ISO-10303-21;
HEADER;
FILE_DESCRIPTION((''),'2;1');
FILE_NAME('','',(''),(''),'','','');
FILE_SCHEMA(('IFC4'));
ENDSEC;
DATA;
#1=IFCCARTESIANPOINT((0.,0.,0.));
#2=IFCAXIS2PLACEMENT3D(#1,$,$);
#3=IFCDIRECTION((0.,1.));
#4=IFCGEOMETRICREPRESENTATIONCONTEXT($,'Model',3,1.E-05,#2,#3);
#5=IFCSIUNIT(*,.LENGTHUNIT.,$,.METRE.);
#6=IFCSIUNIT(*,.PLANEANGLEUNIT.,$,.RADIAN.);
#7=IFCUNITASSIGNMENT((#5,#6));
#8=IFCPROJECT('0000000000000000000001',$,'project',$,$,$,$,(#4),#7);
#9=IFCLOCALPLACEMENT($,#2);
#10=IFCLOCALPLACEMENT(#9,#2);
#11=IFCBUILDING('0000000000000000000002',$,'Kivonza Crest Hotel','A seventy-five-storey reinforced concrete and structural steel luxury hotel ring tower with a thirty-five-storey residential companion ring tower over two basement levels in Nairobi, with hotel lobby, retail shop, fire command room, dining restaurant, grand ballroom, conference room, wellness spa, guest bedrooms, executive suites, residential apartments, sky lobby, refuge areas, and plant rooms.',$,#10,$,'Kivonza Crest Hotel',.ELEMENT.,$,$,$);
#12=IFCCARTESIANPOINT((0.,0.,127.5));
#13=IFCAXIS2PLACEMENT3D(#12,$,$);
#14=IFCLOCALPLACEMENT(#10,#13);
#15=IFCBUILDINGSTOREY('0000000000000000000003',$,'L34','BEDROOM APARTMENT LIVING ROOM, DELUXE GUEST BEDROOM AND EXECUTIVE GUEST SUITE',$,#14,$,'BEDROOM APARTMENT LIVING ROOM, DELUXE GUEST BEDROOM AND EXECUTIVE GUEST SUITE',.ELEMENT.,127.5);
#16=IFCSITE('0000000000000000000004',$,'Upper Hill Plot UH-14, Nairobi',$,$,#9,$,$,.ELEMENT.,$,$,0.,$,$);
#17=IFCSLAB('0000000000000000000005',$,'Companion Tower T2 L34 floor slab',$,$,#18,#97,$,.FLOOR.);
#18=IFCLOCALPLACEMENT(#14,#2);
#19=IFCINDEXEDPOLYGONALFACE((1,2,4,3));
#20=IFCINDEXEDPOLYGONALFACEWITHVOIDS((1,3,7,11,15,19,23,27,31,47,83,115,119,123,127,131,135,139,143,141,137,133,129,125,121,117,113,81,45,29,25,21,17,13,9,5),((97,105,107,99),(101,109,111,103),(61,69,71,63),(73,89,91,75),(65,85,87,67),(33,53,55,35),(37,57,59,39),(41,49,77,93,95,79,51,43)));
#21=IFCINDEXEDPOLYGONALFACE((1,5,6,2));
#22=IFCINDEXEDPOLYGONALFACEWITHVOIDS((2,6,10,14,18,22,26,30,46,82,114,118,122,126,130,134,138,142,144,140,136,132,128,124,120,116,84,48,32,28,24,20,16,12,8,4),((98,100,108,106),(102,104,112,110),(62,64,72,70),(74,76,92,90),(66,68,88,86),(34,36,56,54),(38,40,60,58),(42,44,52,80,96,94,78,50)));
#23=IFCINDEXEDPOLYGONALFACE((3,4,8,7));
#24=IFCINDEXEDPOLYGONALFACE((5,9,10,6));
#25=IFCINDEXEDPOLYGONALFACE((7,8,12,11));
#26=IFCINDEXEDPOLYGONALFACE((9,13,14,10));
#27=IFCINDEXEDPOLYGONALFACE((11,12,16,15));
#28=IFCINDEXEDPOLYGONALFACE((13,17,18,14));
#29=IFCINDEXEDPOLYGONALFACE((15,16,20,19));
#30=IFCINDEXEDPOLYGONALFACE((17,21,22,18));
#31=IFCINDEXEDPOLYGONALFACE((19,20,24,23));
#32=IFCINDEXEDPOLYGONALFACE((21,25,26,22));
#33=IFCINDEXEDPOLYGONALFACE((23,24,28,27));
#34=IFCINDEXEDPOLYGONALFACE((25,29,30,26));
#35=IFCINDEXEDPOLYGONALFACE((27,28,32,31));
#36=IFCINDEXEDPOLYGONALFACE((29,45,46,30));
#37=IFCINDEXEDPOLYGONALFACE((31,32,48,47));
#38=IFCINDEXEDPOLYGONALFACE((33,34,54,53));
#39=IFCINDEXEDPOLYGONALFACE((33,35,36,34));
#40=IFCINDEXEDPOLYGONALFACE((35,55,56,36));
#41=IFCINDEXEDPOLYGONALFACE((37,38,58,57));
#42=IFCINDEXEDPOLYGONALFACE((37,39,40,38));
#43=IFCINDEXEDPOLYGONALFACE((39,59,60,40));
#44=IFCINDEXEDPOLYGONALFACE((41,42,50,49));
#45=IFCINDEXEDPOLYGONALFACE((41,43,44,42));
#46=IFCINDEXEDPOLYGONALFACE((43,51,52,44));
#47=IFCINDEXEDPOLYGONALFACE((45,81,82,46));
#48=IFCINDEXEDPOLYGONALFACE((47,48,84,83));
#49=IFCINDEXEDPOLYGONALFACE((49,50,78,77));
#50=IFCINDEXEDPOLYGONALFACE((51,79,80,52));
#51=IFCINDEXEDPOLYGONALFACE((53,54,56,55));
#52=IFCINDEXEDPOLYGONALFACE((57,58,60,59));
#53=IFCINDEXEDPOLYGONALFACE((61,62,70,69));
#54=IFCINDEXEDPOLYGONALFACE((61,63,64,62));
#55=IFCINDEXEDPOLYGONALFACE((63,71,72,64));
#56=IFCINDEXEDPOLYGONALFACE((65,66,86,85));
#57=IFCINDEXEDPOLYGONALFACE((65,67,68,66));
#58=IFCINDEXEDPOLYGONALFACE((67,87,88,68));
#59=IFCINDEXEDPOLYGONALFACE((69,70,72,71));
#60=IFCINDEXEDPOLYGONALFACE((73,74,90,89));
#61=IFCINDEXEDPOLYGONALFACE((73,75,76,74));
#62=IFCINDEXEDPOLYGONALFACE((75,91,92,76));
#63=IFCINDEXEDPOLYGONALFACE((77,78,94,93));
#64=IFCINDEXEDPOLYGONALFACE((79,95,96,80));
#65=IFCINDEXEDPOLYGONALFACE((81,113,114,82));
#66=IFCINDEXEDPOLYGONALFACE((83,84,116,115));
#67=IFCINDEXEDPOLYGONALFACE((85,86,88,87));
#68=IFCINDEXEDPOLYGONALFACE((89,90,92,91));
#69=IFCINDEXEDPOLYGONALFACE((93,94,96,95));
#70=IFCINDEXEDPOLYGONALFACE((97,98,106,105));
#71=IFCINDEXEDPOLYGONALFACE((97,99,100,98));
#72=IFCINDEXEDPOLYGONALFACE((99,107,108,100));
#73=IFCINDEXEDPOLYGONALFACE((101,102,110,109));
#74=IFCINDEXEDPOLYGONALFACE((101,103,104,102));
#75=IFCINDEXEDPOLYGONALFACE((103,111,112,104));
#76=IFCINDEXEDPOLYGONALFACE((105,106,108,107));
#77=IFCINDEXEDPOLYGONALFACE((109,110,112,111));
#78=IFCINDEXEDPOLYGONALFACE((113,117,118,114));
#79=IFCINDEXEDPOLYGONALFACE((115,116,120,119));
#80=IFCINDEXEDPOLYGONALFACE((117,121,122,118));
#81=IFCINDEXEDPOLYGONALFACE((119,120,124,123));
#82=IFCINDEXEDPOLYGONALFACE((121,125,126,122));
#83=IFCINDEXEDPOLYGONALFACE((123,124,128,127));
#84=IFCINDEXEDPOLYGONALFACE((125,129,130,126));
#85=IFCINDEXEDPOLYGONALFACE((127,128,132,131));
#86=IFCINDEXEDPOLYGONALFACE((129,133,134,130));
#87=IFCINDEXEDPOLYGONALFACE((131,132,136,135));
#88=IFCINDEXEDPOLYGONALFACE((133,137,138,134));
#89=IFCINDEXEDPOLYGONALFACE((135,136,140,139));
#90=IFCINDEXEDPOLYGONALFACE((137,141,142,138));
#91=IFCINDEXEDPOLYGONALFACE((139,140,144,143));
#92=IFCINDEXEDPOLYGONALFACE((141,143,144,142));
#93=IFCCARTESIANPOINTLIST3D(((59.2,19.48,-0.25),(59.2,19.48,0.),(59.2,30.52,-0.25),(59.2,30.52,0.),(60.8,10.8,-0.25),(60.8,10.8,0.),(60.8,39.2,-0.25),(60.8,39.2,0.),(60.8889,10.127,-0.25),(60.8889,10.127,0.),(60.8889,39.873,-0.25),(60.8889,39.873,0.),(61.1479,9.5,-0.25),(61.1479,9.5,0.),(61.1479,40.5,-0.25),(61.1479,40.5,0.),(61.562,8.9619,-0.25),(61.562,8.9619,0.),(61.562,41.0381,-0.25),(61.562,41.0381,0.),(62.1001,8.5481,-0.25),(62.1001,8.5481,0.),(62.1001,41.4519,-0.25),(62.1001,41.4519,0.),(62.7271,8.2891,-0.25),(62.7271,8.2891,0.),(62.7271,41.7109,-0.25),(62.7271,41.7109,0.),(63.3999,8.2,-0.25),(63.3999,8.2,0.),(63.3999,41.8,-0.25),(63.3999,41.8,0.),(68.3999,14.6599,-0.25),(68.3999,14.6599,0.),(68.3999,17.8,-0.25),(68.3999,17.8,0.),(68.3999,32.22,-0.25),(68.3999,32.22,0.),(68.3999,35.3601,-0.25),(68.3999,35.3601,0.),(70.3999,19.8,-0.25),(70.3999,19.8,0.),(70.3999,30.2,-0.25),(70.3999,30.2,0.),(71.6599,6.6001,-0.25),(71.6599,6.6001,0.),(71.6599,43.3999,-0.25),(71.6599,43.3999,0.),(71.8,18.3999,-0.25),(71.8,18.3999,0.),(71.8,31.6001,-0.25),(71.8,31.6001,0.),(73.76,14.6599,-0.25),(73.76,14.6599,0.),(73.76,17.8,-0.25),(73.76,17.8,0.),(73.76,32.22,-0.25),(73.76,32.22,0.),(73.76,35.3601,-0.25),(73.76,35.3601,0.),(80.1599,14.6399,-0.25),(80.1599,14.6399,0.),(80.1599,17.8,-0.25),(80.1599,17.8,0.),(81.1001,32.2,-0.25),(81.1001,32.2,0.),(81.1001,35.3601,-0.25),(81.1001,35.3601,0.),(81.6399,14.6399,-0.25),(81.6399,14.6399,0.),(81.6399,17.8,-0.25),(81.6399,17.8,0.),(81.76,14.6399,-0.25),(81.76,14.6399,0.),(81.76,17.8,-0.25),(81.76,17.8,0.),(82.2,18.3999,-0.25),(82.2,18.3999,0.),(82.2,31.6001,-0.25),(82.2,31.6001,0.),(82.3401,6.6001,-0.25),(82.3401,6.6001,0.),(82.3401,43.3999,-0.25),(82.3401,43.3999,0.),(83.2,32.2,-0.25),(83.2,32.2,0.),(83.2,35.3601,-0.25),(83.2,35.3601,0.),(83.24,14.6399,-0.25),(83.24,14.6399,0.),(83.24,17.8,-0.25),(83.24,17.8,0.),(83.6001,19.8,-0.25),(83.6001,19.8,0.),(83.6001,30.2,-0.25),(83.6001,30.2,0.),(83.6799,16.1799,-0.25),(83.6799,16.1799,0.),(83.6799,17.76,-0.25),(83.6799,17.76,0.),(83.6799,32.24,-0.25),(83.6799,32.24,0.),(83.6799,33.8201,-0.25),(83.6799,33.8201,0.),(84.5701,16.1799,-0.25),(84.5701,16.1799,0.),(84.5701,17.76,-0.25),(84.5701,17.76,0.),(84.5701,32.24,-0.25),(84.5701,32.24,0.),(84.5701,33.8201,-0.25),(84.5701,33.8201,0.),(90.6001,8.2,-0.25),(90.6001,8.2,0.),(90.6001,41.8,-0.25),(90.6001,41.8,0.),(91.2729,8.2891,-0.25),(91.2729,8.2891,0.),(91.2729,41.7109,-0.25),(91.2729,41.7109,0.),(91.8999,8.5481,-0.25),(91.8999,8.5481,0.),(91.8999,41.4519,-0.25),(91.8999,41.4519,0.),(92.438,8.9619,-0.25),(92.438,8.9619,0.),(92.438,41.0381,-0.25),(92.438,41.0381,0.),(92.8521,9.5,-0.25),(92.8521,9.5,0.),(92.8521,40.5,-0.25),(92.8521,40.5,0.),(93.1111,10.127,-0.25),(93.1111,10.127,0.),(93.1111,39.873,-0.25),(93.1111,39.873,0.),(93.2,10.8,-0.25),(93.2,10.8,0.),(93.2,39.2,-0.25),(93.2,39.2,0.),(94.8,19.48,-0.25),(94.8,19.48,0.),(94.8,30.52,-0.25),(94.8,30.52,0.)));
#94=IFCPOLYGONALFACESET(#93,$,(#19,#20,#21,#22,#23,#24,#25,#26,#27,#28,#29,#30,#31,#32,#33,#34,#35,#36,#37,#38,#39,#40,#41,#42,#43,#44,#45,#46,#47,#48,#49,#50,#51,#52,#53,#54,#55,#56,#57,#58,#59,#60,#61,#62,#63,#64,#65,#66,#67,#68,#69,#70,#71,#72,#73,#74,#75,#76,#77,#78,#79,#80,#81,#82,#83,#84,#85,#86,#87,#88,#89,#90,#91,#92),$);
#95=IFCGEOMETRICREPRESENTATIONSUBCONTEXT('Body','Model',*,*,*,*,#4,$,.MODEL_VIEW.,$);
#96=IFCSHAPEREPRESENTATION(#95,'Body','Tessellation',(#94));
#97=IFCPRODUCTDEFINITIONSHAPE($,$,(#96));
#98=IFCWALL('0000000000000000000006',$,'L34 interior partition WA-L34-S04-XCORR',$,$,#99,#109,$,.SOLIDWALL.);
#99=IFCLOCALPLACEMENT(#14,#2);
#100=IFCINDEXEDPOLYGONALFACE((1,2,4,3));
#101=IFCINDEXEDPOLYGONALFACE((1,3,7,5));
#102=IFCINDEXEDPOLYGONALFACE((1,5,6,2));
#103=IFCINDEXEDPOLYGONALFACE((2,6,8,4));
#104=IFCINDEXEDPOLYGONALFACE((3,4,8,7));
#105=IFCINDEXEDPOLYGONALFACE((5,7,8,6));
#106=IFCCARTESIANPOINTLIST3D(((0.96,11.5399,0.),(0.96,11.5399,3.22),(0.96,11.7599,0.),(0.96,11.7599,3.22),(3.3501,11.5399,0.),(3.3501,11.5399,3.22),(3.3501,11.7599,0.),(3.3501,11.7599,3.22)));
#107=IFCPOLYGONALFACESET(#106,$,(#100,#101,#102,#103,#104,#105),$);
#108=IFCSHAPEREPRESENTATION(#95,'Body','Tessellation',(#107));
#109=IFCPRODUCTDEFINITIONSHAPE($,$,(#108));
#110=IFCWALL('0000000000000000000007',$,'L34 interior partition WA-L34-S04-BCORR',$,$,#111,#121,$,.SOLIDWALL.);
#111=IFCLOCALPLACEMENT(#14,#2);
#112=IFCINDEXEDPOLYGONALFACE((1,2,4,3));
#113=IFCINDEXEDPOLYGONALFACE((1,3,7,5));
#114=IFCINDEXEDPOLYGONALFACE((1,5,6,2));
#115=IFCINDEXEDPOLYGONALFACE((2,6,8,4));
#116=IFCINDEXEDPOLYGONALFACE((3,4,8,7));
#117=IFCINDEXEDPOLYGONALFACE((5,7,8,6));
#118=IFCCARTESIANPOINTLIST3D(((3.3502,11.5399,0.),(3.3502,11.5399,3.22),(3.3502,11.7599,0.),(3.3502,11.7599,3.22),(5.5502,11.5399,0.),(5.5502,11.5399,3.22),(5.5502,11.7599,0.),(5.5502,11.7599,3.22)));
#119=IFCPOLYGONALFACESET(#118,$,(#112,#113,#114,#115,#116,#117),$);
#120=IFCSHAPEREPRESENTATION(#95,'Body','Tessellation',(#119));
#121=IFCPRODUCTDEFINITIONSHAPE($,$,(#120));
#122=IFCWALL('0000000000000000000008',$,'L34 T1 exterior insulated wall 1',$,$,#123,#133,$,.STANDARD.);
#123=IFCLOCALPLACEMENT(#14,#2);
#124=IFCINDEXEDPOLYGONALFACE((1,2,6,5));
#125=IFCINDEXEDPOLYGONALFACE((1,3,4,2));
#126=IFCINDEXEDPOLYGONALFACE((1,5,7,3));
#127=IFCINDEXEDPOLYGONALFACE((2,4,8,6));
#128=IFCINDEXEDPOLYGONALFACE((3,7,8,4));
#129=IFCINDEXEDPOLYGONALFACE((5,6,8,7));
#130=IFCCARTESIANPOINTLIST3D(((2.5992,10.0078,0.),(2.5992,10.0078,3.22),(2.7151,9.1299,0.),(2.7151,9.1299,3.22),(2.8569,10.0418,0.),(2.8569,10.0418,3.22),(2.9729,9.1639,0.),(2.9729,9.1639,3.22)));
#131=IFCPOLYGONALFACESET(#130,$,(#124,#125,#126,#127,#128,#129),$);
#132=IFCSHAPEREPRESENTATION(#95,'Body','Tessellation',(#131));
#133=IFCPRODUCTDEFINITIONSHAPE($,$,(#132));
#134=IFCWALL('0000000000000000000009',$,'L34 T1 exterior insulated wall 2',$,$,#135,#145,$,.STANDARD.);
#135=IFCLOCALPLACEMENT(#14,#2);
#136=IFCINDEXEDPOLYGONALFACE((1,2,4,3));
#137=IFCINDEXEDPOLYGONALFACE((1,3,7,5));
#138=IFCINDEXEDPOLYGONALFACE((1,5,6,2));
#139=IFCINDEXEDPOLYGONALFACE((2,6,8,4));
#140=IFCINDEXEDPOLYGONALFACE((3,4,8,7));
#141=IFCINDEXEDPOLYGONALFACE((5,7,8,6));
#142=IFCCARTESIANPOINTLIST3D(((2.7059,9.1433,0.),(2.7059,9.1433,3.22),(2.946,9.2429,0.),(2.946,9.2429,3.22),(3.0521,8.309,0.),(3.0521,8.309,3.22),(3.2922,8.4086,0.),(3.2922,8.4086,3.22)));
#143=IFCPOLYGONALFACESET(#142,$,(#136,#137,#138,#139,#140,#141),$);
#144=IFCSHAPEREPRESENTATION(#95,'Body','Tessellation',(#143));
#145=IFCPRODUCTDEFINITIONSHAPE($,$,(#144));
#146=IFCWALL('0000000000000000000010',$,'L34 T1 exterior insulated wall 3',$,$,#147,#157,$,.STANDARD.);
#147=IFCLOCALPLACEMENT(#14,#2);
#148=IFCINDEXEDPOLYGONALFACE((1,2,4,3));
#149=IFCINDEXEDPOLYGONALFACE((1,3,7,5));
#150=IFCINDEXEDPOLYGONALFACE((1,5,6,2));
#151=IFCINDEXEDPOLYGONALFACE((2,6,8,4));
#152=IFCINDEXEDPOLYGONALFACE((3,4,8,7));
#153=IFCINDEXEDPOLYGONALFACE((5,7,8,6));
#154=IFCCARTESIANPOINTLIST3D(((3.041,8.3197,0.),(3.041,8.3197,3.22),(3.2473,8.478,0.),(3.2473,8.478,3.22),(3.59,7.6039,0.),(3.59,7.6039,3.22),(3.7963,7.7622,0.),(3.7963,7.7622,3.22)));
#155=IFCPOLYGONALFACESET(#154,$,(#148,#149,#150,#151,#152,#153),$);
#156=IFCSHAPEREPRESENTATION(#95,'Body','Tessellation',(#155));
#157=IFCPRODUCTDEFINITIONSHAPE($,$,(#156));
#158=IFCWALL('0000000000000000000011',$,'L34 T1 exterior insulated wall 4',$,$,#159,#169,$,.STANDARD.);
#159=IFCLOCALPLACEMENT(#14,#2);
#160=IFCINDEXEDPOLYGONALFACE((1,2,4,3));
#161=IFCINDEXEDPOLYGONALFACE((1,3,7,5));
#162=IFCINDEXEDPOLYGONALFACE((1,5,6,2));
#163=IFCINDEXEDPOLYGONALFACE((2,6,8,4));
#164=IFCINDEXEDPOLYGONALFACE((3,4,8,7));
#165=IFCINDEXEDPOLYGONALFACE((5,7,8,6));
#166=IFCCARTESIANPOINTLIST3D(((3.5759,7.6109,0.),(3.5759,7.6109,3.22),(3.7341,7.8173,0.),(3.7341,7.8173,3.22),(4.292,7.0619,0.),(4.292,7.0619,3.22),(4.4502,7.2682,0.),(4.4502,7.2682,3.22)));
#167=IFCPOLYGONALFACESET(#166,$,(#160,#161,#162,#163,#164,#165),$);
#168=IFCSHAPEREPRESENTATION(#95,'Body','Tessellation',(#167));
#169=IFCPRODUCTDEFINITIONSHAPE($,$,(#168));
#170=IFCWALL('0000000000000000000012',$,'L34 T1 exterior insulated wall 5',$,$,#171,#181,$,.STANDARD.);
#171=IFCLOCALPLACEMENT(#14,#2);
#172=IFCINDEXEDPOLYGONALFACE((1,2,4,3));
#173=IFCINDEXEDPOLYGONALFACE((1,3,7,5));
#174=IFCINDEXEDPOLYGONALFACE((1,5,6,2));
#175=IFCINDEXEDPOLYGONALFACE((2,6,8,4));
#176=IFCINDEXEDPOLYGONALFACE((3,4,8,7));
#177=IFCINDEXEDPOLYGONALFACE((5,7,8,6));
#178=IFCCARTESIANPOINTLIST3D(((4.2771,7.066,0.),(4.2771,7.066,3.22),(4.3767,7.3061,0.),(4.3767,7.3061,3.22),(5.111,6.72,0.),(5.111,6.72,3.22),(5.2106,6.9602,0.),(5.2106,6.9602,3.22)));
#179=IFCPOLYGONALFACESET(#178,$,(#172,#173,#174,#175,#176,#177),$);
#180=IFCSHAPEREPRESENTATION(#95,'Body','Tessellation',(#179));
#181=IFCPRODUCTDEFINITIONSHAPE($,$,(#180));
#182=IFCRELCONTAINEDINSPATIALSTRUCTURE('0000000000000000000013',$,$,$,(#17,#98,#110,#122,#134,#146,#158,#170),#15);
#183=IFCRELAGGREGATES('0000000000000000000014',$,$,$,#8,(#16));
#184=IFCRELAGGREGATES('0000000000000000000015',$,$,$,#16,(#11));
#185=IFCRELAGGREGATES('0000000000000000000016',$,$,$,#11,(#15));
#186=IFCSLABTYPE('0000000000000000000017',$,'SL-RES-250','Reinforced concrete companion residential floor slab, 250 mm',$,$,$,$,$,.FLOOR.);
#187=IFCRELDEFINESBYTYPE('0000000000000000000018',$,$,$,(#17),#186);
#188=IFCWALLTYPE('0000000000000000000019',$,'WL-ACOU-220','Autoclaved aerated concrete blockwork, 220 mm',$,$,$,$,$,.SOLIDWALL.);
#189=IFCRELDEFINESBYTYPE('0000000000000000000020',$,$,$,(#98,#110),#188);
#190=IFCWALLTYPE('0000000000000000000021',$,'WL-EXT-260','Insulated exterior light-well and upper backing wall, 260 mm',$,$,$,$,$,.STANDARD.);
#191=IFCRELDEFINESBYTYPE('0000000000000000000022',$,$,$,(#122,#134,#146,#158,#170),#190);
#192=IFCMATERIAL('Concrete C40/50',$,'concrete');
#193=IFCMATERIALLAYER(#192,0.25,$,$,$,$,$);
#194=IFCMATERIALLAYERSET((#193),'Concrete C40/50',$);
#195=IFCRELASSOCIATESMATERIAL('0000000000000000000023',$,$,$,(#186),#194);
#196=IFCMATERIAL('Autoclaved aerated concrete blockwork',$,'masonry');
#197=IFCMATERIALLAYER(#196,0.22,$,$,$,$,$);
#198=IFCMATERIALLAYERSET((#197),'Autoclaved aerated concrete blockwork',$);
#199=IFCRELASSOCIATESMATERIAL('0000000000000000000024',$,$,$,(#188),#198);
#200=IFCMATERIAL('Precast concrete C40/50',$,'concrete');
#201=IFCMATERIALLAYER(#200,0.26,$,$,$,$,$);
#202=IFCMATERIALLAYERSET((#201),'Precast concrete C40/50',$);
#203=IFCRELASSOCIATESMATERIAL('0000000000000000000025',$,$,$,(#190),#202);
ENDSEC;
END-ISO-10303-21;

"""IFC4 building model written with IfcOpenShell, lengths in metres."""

from ifc_helpers import new_model, si_unit, direction, frame, frame_2d, origin, place, context, subcontext, project, spatial, polyline, rectangle, outline, extrude, material, layer, layer_set, type_object, element, save


model = new_model("IFC4")

# Units and contexts
model_context = context("Model", 3, precision=1e-05, world=origin(), true_north=direction((0.0, 1.0)))
body_context = subcontext(model_context, "Body", "Model", "MODEL_VIEW")
ifc_project = project(units=[si_unit("LENGTHUNIT", "METRE"), si_unit("PLANEANGLEUNIT", "RADIAN")], contexts=[model_context])

# Site, building, storey
site_placement = place(None, origin())
site = spatial("IfcSite", under=ifc_project, at=site_placement, Name="Upper Hill Plot UH-14, Nairobi", CompositionType="ELEMENT", RefElevation=0.0)
building_placement = place(site_placement, origin())
building = spatial("IfcBuilding", under=site, at=building_placement, Name="Kivonza Crest Hotel", Description="A seventy-five-storey reinforced concrete and structural steel luxury hotel ring tower with a thirty-five-storey residential companion ring tower over two basement levels in Nairobi, with hotel lobby, retail shop, fire command room, dining restaurant, grand ballroom, conference room, wellness spa, guest bedrooms, executive suites, residential apartments, sky lobby, refuge areas, and plant rooms.", LongName="Kivonza Crest Hotel", CompositionType="ELEMENT")
storey_placement = place(building_placement, frame((0.0, 0.0, 127.5)))
storey = spatial("IfcBuildingStorey", under=building, at=storey_placement, Name="L34", Description="BEDROOM APARTMENT LIVING ROOM, DELUXE GUEST BEDROOM AND EXECUTIVE GUEST SUITE", LongName="BEDROOM APARTMENT LIVING ROOM, DELUXE GUEST BEDROOM AND EXECUTIVE GUEST SUITE", CompositionType="ELEMENT", Elevation=127.5)

# Shared definitions
ifc_material_1 = material(Name="Concrete C40/50", Category="concrete")

# Slab
ifc_layer_1 = layer(ifc_material_1, 0.25)
ifc_layer_set_1 = layer_set([ifc_layer_1], Name="Concrete C40/50")
slab_type_1 = type_object("IfcSlabType", Name="SL-RES-250", Description="Reinforced concrete companion residential floor slab, 250 mm", PredefinedType="FLOOR", material=ifc_layer_set_1)
slab_1_placement = place(storey_placement, frame((0.0, 0.0, -0.25)))
element("IfcSlab", 1, at=slab_1_placement, inside=storey, type_object=slab_type_1, Name="Companion Tower T2 L34 floor slab", PredefinedType="FLOOR", context=body_context, shape_type="SweptSolid", body=[
    extrude(outline(polyline([(60.8, 10.8), (60.8889, 10.127), (61.1479, 9.5), (61.562, 8.9619), (62.1001, 8.5481), (62.7271, 8.2891), (63.3999, 8.2), (71.6599, 6.6001), (82.3401, 6.6001), (90.6001, 8.2), (91.2729, 8.2891), (91.8999, 8.5481), (92.438, 8.9619), (92.8521, 9.5), (93.1111, 10.127), (93.2, 10.8), (94.8, 19.48), (94.8, 30.52), (93.2, 39.2), (93.1111, 39.873), (92.8521, 40.5), (92.438, 41.0381), (91.8999, 41.4519), (91.2729, 41.7109), (90.6001, 41.8), (82.3401, 43.3999), (71.6599, 43.3999), (63.3999, 41.8), (62.7271, 41.7109), (62.1001, 41.4519), (61.562, 41.0381), (61.1479, 40.5), (60.8889, 39.873), (60.8, 39.2), (59.2, 30.52), (59.2, 19.48), (60.8, 10.8)]), holes=[polyline([(71.8, 18.3999), (82.2, 18.3999), (83.6001, 19.8), (83.6001, 30.2), (82.2, 31.6001), (71.8, 31.6001), (70.3999, 30.2), (70.3999, 19.8), (71.8, 18.3999)]), polyline([(68.3999, 32.22), (73.76, 32.22), (73.76, 35.3601), (68.3999, 35.3601), (68.3999, 32.22)]), polyline([(68.3999, 14.6599), (73.76, 14.6599), (73.76, 17.8), (68.3999, 17.8), (68.3999, 14.6599)]), polyline([(83.6799, 32.24), (84.5701, 32.24), (84.5701, 33.8201), (83.6799, 33.8201), (83.6799, 32.24)]), polyline([(83.6799, 16.1799), (84.5701, 16.1799), (84.5701, 17.76), (83.6799, 17.76), (83.6799, 16.1799)]), polyline([(81.1001, 32.2), (83.2, 32.2), (83.2, 35.3601), (81.1001, 35.3601), (81.1001, 32.2)]), polyline([(80.1599, 14.6399), (81.6399, 14.6399), (81.6399, 17.8), (80.1599, 17.8), (80.1599, 14.6399)]), polyline([(81.76, 14.6399), (83.24, 14.6399), (83.24, 17.8), (81.76, 17.8), (81.76, 14.6399)])]), origin(), (0.0, 0.0, 1.0), 0.25),
])

# Walls
ifc_material_2 = material(Name="Autoclaved aerated concrete blockwork", Category="masonry")
ifc_layer_2 = layer(ifc_material_2, 0.22)
ifc_layer_set_2 = layer_set([ifc_layer_2], Name="Autoclaved aerated concrete blockwork")
wall_type_1 = type_object("IfcWallType", Name="WL-ACOU-220", Description="Autoclaved aerated concrete blockwork, 220 mm", PredefinedType="SOLIDWALL", material=ifc_layer_set_2)
wall_1_placement = place(storey_placement, frame((0.96, 11.6499, 0.0), z_axis=(0.0, 0.0, 1.0), x_axis=(1.0, 0.0, 0.0)))
element("IfcWall", 2, at=wall_1_placement, inside=storey, type_object=wall_type_1, Name="L34 interior partition WA-L34-S04-XCORR", PredefinedType="SOLIDWALL", context=body_context, shape_type="SweptSolid", body=[
    extrude(rectangle(XDim=2.3901, YDim=0.22, at=frame_2d((1.1951, 0.0))), origin(), (0.0, 0.0, 1.0), 3.22),
])
wall_2_placement = place(storey_placement, frame((3.3501, 11.6499, 0.0), z_axis=(0.0, 0.0, 1.0), x_axis=(1.0, 0.0, 0.0)))
element("IfcWall", 3, at=wall_2_placement, inside=storey, type_object=wall_type_1, Name="L34 interior partition WA-L34-S04-BCORR", PredefinedType="SOLIDWALL", context=body_context, shape_type="SweptSolid", body=[
    extrude(rectangle(XDim=2.2, YDim=0.22, at=frame_2d((1.1001, 0.0))), origin(), (0.0, 0.0, 1.0), 3.22),
])
ifc_material_3 = material(Name="Precast concrete C40/50", Category="concrete")
ifc_layer_3 = layer(ifc_material_3, 0.26)
ifc_layer_set_3 = layer_set([ifc_layer_3], Name="Precast concrete C40/50")
wall_type_2 = type_object("IfcWallType", Name="WL-EXT-260", Description="Insulated exterior light-well and upper backing wall, 260 mm", PredefinedType="STANDARD", material=ifc_layer_set_3)
wall_3_placement = place(storey_placement, frame((2.728, 10.0249, 0.0), z_axis=(0.0, 0.0, 1.0), x_axis=(0.130954, -0.991388, 0.0)))
element("IfcWall", 4, at=wall_3_placement, inside=storey, type_object=wall_type_2, Name="L34 T1 exterior insulated wall 1", PredefinedType="STANDARD", context=body_context, shape_type="SweptSolid", body=[
    extrude(rectangle(XDim=0.8855, YDim=0.26, at=frame_2d((0.4429, 0.0))), origin(), (0.0, 0.0, 1.0), 3.22),
])
wall_4_placement = place(storey_placement, frame((2.8259, 9.1931, 0.0), z_axis=(0.0, 0.0, 1.0), x_axis=(0.383291, -0.923628, 0.0)))
element("IfcWall", 5, at=wall_4_placement, inside=storey, type_object=wall_type_2, Name="L34 T1 exterior insulated wall 2", PredefinedType="STANDARD", context=body_context, shape_type="SweptSolid", body=[
    extrude(rectangle(XDim=0.9033, YDim=0.26, at=frame_2d((0.4517, 0.0))), origin(), (0.0, 0.0, 1.0), 3.22),
])
wall_5_placement = place(storey_placement, frame((3.144, 8.3989, 0.0), z_axis=(0.0, 0.0, 1.0), x_axis=(0.608625, -0.793458, 0.0)))
element("IfcWall", 6, at=wall_5_placement, inside=storey, type_object=wall_type_2, Name="L34 T1 exterior insulated wall 3", PredefinedType="STANDARD", context=body_context, shape_type="SweptSolid", body=[
    extrude(rectangle(XDim=0.9021, YDim=0.26, at=frame_2d((0.4512, 0.0))), origin(), (0.0, 0.0, 1.0), 3.22),
])
wall_6_placement = place(storey_placement, frame((3.655, 7.7141, 0.0), z_axis=(0.0, 0.0, 1.0), x_axis=(0.793558, -0.608494, 0.0)))
element("IfcWall", 7, at=wall_6_placement, inside=storey, type_object=wall_type_2, Name="L34 T1 exterior insulated wall 4", PredefinedType="STANDARD", context=body_context, shape_type="SweptSolid", body=[
    extrude(rectangle(XDim=0.9023, YDim=0.26, at=frame_2d((0.4512, 0.0))), origin(), (0.0, 0.0, 1.0), 3.22),
])
wall_7_placement = place(storey_placement, frame((4.3269, 7.186, 0.0), z_axis=(0.0, 0.0, 1.0), x_axis=(0.923684, -0.383156, 0.0)))
element("IfcWall", 8, at=wall_7_placement, inside=storey, type_object=wall_type_2, Name="L34 T1 exterior insulated wall 5", PredefinedType="STANDARD", context=body_context, shape_type="SweptSolid", body=[
    extrude(rectangle(XDim=0.9028, YDim=0.26, at=frame_2d((0.4514, 0.0))), origin(), (0.0, 0.0, 1.0), 3.22),
])

save(model, "model.ifc")
